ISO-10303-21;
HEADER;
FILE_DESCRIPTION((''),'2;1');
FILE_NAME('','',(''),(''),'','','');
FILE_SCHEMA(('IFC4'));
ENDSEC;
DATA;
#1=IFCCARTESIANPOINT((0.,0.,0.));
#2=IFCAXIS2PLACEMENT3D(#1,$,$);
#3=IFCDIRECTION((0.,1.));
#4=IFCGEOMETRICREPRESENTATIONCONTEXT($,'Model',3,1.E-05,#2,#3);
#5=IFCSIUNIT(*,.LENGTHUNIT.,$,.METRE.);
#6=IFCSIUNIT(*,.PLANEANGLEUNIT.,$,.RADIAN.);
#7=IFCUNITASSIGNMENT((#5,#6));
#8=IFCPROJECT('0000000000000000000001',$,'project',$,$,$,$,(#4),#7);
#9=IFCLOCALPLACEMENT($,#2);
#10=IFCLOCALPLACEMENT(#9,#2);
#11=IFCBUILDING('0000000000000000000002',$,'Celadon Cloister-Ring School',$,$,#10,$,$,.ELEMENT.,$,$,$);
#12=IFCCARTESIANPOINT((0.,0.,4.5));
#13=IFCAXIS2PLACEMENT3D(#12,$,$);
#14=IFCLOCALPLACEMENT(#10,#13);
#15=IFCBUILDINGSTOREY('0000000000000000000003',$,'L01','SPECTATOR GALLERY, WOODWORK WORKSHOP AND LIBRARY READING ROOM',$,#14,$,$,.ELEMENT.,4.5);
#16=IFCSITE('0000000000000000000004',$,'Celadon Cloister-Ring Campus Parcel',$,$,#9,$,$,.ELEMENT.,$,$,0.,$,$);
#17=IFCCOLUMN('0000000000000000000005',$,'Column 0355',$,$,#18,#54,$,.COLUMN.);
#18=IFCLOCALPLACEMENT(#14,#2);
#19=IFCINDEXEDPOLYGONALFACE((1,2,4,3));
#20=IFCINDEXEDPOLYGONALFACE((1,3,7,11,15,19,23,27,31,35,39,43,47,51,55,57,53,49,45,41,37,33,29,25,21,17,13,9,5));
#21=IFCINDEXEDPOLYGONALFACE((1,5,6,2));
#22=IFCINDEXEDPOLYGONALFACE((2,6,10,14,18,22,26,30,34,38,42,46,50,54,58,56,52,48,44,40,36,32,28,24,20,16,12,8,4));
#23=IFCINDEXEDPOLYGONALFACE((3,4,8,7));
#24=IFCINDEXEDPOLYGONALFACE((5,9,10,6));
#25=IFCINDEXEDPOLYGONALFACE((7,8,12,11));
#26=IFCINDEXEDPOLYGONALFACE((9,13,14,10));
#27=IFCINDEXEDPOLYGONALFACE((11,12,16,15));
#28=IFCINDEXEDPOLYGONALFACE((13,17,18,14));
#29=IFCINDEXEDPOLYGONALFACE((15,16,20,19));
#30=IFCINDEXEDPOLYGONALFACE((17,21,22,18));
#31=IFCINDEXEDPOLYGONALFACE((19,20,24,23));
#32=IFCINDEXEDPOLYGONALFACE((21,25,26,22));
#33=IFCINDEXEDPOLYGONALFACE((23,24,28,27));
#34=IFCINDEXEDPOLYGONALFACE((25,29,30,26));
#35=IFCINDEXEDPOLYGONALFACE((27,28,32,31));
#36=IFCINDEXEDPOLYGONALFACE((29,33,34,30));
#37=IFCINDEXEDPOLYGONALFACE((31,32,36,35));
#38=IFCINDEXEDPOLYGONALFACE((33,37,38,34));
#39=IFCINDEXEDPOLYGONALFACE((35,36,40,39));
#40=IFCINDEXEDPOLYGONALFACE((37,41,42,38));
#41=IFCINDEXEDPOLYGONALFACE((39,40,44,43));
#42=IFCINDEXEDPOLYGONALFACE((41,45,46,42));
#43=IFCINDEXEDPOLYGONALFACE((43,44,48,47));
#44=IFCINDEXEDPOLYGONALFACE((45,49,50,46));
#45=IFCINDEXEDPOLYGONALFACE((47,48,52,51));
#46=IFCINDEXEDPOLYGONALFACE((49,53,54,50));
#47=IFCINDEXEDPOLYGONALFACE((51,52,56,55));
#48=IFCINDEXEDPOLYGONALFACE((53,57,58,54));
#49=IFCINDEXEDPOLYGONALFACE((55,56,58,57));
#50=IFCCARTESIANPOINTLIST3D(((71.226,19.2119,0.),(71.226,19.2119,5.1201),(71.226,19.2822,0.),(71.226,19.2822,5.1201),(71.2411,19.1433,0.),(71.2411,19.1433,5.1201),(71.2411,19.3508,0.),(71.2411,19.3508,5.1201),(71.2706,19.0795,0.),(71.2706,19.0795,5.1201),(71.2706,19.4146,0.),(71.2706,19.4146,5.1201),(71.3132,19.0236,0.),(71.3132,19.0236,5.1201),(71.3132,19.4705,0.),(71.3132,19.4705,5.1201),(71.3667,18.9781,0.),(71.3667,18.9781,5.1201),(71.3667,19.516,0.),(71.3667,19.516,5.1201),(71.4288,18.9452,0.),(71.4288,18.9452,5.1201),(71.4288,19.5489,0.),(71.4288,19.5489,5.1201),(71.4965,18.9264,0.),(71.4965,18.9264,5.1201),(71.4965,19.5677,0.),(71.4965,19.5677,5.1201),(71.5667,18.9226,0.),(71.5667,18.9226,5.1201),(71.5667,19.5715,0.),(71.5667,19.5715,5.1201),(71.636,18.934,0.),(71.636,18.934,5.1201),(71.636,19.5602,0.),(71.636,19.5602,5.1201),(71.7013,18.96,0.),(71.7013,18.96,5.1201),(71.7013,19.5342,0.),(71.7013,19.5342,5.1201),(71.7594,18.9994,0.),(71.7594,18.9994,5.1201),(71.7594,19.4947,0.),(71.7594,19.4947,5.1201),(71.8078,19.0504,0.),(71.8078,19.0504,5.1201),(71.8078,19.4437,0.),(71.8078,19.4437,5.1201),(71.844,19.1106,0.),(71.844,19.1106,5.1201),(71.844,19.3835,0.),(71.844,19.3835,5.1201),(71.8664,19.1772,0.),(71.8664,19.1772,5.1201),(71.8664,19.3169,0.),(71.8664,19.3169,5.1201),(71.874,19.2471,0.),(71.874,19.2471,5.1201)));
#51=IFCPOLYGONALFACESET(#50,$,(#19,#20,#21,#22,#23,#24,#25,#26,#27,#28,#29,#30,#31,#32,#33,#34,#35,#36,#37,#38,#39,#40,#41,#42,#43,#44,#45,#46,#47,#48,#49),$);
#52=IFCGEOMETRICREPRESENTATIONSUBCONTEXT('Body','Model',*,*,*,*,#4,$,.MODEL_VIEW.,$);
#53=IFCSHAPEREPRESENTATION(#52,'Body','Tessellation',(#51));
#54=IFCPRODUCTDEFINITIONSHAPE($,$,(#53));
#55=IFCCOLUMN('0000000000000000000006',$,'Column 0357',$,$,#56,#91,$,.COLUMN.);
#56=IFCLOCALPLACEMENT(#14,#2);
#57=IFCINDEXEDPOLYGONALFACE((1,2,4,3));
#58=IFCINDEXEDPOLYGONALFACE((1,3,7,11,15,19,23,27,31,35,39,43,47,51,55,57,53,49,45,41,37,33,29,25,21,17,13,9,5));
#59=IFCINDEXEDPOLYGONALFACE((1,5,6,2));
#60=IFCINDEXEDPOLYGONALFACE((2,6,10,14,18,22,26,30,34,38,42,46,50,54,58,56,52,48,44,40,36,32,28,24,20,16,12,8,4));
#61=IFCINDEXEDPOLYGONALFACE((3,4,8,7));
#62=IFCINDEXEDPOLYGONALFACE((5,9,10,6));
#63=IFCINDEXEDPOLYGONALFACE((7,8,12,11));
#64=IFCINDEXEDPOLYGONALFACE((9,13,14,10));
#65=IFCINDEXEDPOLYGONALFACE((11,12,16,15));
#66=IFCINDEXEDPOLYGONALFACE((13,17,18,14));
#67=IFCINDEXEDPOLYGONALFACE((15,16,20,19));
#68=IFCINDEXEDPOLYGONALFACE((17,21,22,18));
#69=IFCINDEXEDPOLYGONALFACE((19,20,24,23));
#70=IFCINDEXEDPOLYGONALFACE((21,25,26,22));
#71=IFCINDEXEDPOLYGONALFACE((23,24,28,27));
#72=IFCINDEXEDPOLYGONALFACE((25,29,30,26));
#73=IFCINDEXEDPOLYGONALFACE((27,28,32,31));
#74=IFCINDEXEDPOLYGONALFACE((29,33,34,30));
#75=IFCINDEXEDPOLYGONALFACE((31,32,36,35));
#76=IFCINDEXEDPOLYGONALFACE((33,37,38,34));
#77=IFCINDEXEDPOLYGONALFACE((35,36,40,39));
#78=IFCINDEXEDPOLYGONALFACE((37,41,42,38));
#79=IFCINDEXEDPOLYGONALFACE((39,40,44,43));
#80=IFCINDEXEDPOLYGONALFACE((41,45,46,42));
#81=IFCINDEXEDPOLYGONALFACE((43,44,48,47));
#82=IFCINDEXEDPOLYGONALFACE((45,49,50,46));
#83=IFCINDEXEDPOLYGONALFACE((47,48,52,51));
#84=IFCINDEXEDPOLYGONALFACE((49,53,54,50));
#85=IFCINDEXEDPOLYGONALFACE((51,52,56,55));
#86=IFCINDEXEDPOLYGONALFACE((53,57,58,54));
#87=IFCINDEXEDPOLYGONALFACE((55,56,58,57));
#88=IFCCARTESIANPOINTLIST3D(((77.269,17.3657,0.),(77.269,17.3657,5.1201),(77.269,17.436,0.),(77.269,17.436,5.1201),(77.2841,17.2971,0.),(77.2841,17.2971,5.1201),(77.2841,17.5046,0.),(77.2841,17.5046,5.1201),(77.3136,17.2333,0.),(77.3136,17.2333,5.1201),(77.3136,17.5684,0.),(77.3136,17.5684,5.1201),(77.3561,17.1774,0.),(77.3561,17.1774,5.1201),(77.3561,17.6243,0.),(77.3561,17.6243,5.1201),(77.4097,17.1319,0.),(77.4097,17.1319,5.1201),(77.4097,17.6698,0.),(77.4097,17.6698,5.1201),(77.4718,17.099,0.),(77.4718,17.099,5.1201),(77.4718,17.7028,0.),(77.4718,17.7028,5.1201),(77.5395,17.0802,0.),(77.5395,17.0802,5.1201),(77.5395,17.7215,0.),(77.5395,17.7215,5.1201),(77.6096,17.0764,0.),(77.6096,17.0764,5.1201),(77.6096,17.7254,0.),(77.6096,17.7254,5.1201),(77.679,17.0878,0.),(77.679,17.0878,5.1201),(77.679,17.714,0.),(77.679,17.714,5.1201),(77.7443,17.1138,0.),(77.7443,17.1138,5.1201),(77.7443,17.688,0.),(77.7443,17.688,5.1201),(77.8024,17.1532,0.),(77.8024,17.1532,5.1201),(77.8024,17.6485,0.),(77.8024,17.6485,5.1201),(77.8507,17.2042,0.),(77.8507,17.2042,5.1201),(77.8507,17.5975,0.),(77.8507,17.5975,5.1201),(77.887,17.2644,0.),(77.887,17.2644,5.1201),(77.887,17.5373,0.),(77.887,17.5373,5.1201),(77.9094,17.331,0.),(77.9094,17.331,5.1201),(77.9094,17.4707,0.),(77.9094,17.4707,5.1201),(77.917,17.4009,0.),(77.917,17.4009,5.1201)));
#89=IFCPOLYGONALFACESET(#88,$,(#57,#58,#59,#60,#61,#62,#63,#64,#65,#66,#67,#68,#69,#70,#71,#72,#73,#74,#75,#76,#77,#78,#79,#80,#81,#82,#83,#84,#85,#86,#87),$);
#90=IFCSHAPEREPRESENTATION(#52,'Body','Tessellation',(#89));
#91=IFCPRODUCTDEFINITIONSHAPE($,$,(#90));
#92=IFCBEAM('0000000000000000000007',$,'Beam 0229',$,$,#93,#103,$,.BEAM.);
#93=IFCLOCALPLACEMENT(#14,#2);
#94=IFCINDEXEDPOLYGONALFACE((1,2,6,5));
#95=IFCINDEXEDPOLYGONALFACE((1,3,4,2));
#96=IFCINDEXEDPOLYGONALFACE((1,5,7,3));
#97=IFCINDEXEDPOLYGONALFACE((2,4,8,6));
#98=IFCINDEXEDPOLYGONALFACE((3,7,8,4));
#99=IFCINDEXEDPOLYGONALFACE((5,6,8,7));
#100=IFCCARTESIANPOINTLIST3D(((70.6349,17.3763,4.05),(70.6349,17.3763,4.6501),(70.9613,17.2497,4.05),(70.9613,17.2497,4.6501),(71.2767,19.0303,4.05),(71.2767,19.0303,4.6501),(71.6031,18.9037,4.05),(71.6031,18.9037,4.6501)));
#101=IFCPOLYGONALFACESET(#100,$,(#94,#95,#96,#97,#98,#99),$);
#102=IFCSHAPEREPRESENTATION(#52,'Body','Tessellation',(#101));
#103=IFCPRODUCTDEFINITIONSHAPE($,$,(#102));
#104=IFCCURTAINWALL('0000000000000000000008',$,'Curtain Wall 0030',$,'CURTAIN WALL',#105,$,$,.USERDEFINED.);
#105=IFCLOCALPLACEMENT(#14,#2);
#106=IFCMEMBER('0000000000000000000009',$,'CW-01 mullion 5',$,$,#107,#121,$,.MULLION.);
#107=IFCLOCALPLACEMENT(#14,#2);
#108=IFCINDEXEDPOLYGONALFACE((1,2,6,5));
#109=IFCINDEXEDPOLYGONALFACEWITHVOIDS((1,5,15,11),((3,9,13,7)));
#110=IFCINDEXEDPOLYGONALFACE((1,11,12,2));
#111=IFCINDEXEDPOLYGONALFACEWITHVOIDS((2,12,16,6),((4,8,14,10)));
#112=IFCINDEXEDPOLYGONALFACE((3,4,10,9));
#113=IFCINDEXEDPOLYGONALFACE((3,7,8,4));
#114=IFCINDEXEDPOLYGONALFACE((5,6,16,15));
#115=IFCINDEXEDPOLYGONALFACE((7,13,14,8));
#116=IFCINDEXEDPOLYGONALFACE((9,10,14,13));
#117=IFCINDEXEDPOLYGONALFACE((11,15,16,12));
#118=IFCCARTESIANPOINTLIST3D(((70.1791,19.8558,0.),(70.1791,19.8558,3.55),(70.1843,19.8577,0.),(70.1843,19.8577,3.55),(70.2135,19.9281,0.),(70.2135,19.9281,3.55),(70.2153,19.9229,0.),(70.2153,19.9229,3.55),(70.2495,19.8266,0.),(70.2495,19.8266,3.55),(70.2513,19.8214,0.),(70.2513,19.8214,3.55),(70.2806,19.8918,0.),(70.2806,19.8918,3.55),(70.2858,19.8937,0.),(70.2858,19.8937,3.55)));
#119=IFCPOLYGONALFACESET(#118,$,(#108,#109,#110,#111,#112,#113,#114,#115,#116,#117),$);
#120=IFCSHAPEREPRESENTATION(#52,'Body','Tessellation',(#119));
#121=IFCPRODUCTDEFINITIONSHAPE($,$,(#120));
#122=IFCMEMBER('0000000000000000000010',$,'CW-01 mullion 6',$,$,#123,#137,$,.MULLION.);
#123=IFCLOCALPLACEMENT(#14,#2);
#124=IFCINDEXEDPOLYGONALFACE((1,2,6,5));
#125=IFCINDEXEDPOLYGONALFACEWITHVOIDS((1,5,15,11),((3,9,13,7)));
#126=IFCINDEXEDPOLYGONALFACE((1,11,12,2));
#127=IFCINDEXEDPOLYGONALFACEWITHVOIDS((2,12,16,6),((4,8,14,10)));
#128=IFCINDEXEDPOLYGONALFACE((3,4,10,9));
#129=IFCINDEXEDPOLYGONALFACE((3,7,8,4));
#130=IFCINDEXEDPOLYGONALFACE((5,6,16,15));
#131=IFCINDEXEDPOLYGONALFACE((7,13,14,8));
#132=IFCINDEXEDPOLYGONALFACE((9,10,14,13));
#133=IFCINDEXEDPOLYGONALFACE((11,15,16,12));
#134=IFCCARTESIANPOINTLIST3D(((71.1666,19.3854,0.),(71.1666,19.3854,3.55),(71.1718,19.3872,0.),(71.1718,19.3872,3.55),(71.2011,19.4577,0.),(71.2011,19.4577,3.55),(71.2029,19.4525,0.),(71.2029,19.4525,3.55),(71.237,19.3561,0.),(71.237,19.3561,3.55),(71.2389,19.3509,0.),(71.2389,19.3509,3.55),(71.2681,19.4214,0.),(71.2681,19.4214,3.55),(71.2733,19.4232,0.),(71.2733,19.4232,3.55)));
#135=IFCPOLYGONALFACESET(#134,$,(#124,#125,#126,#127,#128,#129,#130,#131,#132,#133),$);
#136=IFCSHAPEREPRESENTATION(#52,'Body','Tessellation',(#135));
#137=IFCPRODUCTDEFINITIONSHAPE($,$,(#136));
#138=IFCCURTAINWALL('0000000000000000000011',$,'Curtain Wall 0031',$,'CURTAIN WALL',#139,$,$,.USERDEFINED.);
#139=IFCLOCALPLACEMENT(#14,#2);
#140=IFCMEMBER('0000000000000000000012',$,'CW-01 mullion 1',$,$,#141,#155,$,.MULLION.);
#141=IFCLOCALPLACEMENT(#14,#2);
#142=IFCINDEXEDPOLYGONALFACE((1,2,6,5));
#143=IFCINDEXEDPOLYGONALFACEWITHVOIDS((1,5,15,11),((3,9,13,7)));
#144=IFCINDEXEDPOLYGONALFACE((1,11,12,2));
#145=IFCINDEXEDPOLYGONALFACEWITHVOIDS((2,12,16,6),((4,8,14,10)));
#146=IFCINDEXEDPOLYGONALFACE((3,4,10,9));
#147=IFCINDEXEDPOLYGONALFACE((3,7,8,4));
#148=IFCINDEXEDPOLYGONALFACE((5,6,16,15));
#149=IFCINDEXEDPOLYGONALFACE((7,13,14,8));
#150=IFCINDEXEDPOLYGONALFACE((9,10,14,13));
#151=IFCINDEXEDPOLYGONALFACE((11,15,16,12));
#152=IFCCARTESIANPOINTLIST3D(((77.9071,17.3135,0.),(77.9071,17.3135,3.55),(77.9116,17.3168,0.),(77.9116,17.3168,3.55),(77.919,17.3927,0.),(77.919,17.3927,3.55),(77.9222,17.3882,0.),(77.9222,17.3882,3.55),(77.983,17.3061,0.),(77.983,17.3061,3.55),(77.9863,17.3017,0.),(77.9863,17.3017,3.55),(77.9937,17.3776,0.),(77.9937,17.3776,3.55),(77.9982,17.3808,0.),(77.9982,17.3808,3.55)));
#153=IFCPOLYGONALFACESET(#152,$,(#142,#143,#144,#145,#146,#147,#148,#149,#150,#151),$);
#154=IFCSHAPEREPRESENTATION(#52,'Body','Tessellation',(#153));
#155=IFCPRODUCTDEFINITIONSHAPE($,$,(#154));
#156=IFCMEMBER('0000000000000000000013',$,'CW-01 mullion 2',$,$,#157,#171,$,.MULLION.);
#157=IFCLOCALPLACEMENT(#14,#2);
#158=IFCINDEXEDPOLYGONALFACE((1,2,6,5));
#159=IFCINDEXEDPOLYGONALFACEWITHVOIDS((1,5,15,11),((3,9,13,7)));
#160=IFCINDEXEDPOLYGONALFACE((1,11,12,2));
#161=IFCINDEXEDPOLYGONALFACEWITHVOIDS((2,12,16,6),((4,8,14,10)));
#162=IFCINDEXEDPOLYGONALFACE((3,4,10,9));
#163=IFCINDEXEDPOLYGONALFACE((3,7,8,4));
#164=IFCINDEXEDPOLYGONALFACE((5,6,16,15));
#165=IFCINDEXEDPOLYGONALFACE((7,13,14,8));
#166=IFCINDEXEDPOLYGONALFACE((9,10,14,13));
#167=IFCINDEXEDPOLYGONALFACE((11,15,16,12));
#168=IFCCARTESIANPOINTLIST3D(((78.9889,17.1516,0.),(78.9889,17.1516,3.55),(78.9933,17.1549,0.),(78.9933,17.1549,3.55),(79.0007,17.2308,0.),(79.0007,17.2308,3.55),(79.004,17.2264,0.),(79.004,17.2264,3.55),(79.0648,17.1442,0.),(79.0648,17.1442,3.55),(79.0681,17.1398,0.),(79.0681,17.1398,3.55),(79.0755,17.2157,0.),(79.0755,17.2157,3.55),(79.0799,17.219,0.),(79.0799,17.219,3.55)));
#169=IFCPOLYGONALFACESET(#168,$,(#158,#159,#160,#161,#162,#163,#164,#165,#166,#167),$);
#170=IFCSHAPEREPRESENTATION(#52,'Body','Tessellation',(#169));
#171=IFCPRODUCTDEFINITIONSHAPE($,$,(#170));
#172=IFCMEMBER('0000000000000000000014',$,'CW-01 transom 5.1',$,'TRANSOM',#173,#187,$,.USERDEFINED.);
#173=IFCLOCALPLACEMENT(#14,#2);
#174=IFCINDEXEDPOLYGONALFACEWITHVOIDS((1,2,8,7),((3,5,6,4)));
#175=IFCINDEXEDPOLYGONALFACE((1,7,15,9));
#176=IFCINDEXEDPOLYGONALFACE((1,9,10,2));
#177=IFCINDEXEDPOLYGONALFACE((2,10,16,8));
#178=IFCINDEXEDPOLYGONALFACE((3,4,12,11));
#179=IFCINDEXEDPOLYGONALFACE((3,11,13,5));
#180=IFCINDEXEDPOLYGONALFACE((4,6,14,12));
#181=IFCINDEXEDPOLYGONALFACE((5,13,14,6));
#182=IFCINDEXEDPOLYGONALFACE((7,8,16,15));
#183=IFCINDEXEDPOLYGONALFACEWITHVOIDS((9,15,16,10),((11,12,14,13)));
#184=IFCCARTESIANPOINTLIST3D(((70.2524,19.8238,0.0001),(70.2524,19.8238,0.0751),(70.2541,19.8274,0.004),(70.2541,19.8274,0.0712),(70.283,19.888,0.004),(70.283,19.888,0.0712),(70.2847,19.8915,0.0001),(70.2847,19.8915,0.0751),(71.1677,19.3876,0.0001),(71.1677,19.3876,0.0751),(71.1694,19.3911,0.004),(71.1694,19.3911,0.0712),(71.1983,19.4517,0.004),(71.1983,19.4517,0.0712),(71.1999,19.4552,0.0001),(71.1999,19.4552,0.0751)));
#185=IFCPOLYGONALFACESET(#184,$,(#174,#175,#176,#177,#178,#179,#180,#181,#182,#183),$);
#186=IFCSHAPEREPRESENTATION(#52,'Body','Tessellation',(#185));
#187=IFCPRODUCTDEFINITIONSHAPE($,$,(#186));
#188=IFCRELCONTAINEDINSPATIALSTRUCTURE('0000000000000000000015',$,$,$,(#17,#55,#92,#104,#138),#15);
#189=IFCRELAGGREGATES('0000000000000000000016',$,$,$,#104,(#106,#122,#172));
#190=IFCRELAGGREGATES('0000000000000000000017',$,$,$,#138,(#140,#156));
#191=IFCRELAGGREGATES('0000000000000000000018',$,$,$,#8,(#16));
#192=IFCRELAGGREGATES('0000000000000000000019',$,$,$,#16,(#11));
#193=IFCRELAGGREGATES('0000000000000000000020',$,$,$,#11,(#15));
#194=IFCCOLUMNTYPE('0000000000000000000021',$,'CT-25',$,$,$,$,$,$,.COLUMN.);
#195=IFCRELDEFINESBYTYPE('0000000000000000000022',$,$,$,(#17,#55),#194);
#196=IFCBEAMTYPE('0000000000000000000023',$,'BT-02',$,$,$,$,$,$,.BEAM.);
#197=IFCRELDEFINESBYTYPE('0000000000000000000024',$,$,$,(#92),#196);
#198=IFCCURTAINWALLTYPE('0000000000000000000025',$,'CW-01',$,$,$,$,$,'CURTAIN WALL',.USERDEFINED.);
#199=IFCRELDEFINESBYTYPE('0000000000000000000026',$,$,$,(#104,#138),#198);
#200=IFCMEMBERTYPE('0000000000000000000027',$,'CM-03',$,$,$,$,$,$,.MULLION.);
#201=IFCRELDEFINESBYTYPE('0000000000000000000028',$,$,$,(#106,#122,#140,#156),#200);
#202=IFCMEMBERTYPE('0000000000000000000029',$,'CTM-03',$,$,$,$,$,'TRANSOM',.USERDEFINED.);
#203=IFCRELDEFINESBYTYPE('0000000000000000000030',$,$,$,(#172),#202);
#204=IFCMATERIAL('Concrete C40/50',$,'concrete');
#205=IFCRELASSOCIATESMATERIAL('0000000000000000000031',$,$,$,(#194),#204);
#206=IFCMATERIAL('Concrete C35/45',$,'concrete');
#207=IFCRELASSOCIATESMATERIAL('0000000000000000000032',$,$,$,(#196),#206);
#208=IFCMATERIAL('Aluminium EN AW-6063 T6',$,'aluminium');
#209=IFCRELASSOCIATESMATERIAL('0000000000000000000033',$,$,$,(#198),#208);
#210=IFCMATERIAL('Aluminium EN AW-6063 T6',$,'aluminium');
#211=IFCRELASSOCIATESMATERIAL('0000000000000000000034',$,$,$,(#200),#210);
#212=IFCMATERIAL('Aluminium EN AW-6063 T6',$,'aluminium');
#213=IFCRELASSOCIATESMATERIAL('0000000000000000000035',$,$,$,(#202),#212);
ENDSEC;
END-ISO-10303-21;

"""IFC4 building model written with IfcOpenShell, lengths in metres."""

from ifc_helpers import new_model, si_unit, direction, frame, origin, origin_2d, place, context, subcontext, project, spatial, rectangle, hollow_rectangle, circle, extrude, material, material_profile, profile_set, type_object, element, aggregate, save


model = new_model("IFC4")

# Units and contexts
model_context = context("Model", 3, precision=1e-05, world=origin(), true_north=direction((0.0, 1.0)))
body_context = subcontext(model_context, "Body", "Model", "MODEL_VIEW")
ifc_project = project(units=[si_unit("LENGTHUNIT", "METRE"), si_unit("PLANEANGLEUNIT", "RADIAN")], contexts=[model_context])

# Site, building, storey
site_placement = place(None, origin())
site = spatial("IfcSite", under=ifc_project, at=site_placement, Name="Celadon Cloister-Ring Campus Parcel", CompositionType="ELEMENT", RefElevation=0.0)
building_placement = place(site_placement, origin())
building = spatial("IfcBuilding", under=site, at=building_placement, Name="Celadon Cloister-Ring School", CompositionType="ELEMENT")
storey_placement = place(building_placement, frame((0.0, 0.0, 4.5)))
storey = spatial("IfcBuildingStorey", under=building, at=storey_placement, Name="L01", Description="SPECTATOR GALLERY, WOODWORK WORKSHOP AND LIBRARY READING ROOM", CompositionType="ELEMENT", Elevation=4.5)

# Columns
ifc_material_1 = material(Name="Concrete C40/50", Category="concrete")
ifc_material_profile_1 = material_profile(ifc_material_1, circle(Radius=0.325, at=origin_2d()), Name="CIRC650")
ifc_profile_set_1 = profile_set([ifc_material_profile_1], Name="Concrete C40/50")
column_type = type_object("IfcColumnType", Name="CT-25", PredefinedType="COLUMN", material=ifc_profile_set_1)
for number, where, z_axis, x_axis, name in (
    (1, (71.5491, 19.2471, 0.0), (0.0, 0.0, 1.0), (1.0, 0.0, 0.0), "Column 0355"),
    (2, (77.592, 17.4009, 0.0), (0.0, 0.0, 1.0), (1.0, 0.0, 0.0), "Column 0357"),
):
    element("IfcColumn", number, at=place(storey_placement, frame(where, z_axis=z_axis, x_axis=x_axis)), inside=storey, type_object=column_type, Name=name, PredefinedType="COLUMN", context=body_context, shape_type="SweptSolid", body=[
        extrude(circle(Radius=0.325, at=origin_2d()), origin(), (0.0, 0.0, 1.0), 5.1201),
    ])

# Beam
ifc_material_2 = material(Name="Concrete C35/45", Category="concrete")
ifc_material_profile_2 = material_profile(ifc_material_2, rectangle(XDim=0.3501, YDim=0.6001, at=origin_2d()), Name="RC350X600")
ifc_profile_set_2 = profile_set([ifc_material_profile_2], Name="Concrete C35/45")
beam_type_1 = type_object("IfcBeamType", Name="BT-02", PredefinedType="BEAM", material=ifc_profile_set_2)
beam_1_placement = place(storey_placement, frame((70.7981, 17.313, 4.3501), z_axis=(0.361762, 0.93227, 0.0), x_axis=(-0.93227, 0.361762, 0.0)))
element("IfcBeam", 3, at=beam_1_placement, inside=storey, type_object=beam_type_1, Name="Beam 0229", PredefinedType="BEAM", context=body_context, shape_type="SweptSolid", body=[
    extrude(rectangle(XDim=0.3501, YDim=0.6001, at=origin_2d()), origin(), (0.0, 0.0, 1.0), 1.7742),
])

# Curtain walls, members
ifc_material_3 = material(Name="Aluminium EN AW-6063 T6", Category="aluminium")
curtain_wall_type = type_object("IfcCurtainWallType", Name="CW-01", ElementType="CURTAIN WALL", PredefinedType="USERDEFINED", material=ifc_material_3)
curtain_wall_1_placement = place(storey_placement, origin())
curtain_wall_1 = element("IfcCurtainWall", 4, at=curtain_wall_1_placement, inside=storey, type_object=curtain_wall_type, Name="Curtain Wall 0030", ObjectType="CURTAIN WALL", PredefinedType="USERDEFINED")
ifc_material_4 = material(Name="Aluminium EN AW-6063 T6", Category="aluminium")
ifc_material_profile_3 = material_profile(ifc_material_4, hollow_rectangle(XDim=0.0801, YDim=0.0801, WallThickness=0.0039, at=origin_2d()), Name="RHS80X80X4")
ifc_profile_set_3 = profile_set([ifc_material_profile_3], Name="Aluminium EN AW-6063 T6")
member_type_1 = type_object("IfcMemberType", Name="CM-03", PredefinedType="MULLION", material=ifc_profile_set_3)
member_1_placement = place(storey_placement, frame((70.2324, 19.8748, 0.0), z_axis=(0.0, 0.0, 1.0), x_axis=(0.430201, 0.902733, 0.0)))
member_1 = element("IfcMember", 5, at=member_1_placement, type_object=member_type_1, Name="CW-01 mullion 5", PredefinedType="MULLION", context=body_context, shape_type="SweptSolid", body=[
    extrude(hollow_rectangle(XDim=0.0801, YDim=0.0801, WallThickness=0.0039, at=origin_2d()), origin(), (0.0, 0.0, 1.0), 3.55),
])
member_2_placement = place(storey_placement, frame((71.22, 19.4043, 0.0), z_axis=(0.0, 0.0, 1.0), x_axis=(0.430201, 0.902733, 0.0)))
member_2 = element("IfcMember", 6, at=member_2_placement, type_object=member_type_1, Name="CW-01 mullion 6", PredefinedType="MULLION", context=body_context, shape_type="SweptSolid", body=[
    extrude(hollow_rectangle(XDim=0.0801, YDim=0.0801, WallThickness=0.0039, at=origin_2d()), origin(), (0.0, 0.0, 1.0), 3.55),
])
curtain_wall_2_placement = place(storey_placement, origin())
curtain_wall_2 = element("IfcCurtainWall", 7, at=curtain_wall_2_placement, inside=storey, type_object=curtain_wall_type, Name="Curtain Wall 0031", ObjectType="CURTAIN WALL", PredefinedType="USERDEFINED")
member_3_placement = place(storey_placement, frame((77.9526, 17.3472, 0.0), z_axis=(0.0, 0.0, 1.0), x_axis=(0.147814, 0.989015, 0.0)))
member_3 = element("IfcMember", 8, at=member_3_placement, type_object=member_type_1, Name="CW-01 mullion 1", PredefinedType="MULLION", context=body_context, shape_type="SweptSolid", body=[
    extrude(hollow_rectangle(XDim=0.0801, YDim=0.0801, WallThickness=0.0039, at=origin_2d()), origin(), (0.0, 0.0, 1.0), 3.55),
])
member_4_placement = place(storey_placement, frame((79.0344, 17.1853, 0.0), z_axis=(0.0, 0.0, 1.0), x_axis=(0.147814, 0.989015, 0.0)))
member_4 = element("IfcMember", 9, at=member_4_placement, type_object=member_type_1, Name="CW-01 mullion 2", PredefinedType="MULLION", context=body_context, shape_type="SweptSolid", body=[
    extrude(hollow_rectangle(XDim=0.0801, YDim=0.0801, WallThickness=0.0039, at=origin_2d()), origin(), (0.0, 0.0, 1.0), 3.55),
])

# Member
ifc_material_5 = material(Name="Aluminium EN AW-6063 T6", Category="aluminium")
ifc_material_profile_4 = material_profile(ifc_material_5, hollow_rectangle(XDim=0.075, YDim=0.075, WallThickness=0.0039, at=origin_2d()), Name="RHS75X75X4")
ifc_profile_set_4 = profile_set([ifc_material_profile_4], Name="Aluminium EN AW-6063 T6")
member_type_2 = type_object("IfcMemberType", Name="CTM-03", ElementType="TRANSOM", PredefinedType="USERDEFINED", material=ifc_profile_set_4)
member_5_placement = place(storey_placement, frame((70.2686, 19.8577, 0.0376), z_axis=(0.902696, -0.430279, 0.0), x_axis=(0.430279, 0.902696, 0.0)))
member_5 = element("IfcMember", 10, at=member_5_placement, type_object=member_type_2, Name="CW-01 transom 5.1", ObjectType="TRANSOM", PredefinedType="USERDEFINED", context=body_context, shape_type="SweptSolid", body=[
    extrude(hollow_rectangle(XDim=0.075, YDim=0.075, WallThickness=0.0039, at=origin_2d()), origin(), (0.0, 0.0, 1.0), 1.0139),
])

aggregate(curtain_wall_1, [member_1, member_2, member_5])
aggregate(curtain_wall_2, [member_3, member_4])

save(model, "model.ifc")
